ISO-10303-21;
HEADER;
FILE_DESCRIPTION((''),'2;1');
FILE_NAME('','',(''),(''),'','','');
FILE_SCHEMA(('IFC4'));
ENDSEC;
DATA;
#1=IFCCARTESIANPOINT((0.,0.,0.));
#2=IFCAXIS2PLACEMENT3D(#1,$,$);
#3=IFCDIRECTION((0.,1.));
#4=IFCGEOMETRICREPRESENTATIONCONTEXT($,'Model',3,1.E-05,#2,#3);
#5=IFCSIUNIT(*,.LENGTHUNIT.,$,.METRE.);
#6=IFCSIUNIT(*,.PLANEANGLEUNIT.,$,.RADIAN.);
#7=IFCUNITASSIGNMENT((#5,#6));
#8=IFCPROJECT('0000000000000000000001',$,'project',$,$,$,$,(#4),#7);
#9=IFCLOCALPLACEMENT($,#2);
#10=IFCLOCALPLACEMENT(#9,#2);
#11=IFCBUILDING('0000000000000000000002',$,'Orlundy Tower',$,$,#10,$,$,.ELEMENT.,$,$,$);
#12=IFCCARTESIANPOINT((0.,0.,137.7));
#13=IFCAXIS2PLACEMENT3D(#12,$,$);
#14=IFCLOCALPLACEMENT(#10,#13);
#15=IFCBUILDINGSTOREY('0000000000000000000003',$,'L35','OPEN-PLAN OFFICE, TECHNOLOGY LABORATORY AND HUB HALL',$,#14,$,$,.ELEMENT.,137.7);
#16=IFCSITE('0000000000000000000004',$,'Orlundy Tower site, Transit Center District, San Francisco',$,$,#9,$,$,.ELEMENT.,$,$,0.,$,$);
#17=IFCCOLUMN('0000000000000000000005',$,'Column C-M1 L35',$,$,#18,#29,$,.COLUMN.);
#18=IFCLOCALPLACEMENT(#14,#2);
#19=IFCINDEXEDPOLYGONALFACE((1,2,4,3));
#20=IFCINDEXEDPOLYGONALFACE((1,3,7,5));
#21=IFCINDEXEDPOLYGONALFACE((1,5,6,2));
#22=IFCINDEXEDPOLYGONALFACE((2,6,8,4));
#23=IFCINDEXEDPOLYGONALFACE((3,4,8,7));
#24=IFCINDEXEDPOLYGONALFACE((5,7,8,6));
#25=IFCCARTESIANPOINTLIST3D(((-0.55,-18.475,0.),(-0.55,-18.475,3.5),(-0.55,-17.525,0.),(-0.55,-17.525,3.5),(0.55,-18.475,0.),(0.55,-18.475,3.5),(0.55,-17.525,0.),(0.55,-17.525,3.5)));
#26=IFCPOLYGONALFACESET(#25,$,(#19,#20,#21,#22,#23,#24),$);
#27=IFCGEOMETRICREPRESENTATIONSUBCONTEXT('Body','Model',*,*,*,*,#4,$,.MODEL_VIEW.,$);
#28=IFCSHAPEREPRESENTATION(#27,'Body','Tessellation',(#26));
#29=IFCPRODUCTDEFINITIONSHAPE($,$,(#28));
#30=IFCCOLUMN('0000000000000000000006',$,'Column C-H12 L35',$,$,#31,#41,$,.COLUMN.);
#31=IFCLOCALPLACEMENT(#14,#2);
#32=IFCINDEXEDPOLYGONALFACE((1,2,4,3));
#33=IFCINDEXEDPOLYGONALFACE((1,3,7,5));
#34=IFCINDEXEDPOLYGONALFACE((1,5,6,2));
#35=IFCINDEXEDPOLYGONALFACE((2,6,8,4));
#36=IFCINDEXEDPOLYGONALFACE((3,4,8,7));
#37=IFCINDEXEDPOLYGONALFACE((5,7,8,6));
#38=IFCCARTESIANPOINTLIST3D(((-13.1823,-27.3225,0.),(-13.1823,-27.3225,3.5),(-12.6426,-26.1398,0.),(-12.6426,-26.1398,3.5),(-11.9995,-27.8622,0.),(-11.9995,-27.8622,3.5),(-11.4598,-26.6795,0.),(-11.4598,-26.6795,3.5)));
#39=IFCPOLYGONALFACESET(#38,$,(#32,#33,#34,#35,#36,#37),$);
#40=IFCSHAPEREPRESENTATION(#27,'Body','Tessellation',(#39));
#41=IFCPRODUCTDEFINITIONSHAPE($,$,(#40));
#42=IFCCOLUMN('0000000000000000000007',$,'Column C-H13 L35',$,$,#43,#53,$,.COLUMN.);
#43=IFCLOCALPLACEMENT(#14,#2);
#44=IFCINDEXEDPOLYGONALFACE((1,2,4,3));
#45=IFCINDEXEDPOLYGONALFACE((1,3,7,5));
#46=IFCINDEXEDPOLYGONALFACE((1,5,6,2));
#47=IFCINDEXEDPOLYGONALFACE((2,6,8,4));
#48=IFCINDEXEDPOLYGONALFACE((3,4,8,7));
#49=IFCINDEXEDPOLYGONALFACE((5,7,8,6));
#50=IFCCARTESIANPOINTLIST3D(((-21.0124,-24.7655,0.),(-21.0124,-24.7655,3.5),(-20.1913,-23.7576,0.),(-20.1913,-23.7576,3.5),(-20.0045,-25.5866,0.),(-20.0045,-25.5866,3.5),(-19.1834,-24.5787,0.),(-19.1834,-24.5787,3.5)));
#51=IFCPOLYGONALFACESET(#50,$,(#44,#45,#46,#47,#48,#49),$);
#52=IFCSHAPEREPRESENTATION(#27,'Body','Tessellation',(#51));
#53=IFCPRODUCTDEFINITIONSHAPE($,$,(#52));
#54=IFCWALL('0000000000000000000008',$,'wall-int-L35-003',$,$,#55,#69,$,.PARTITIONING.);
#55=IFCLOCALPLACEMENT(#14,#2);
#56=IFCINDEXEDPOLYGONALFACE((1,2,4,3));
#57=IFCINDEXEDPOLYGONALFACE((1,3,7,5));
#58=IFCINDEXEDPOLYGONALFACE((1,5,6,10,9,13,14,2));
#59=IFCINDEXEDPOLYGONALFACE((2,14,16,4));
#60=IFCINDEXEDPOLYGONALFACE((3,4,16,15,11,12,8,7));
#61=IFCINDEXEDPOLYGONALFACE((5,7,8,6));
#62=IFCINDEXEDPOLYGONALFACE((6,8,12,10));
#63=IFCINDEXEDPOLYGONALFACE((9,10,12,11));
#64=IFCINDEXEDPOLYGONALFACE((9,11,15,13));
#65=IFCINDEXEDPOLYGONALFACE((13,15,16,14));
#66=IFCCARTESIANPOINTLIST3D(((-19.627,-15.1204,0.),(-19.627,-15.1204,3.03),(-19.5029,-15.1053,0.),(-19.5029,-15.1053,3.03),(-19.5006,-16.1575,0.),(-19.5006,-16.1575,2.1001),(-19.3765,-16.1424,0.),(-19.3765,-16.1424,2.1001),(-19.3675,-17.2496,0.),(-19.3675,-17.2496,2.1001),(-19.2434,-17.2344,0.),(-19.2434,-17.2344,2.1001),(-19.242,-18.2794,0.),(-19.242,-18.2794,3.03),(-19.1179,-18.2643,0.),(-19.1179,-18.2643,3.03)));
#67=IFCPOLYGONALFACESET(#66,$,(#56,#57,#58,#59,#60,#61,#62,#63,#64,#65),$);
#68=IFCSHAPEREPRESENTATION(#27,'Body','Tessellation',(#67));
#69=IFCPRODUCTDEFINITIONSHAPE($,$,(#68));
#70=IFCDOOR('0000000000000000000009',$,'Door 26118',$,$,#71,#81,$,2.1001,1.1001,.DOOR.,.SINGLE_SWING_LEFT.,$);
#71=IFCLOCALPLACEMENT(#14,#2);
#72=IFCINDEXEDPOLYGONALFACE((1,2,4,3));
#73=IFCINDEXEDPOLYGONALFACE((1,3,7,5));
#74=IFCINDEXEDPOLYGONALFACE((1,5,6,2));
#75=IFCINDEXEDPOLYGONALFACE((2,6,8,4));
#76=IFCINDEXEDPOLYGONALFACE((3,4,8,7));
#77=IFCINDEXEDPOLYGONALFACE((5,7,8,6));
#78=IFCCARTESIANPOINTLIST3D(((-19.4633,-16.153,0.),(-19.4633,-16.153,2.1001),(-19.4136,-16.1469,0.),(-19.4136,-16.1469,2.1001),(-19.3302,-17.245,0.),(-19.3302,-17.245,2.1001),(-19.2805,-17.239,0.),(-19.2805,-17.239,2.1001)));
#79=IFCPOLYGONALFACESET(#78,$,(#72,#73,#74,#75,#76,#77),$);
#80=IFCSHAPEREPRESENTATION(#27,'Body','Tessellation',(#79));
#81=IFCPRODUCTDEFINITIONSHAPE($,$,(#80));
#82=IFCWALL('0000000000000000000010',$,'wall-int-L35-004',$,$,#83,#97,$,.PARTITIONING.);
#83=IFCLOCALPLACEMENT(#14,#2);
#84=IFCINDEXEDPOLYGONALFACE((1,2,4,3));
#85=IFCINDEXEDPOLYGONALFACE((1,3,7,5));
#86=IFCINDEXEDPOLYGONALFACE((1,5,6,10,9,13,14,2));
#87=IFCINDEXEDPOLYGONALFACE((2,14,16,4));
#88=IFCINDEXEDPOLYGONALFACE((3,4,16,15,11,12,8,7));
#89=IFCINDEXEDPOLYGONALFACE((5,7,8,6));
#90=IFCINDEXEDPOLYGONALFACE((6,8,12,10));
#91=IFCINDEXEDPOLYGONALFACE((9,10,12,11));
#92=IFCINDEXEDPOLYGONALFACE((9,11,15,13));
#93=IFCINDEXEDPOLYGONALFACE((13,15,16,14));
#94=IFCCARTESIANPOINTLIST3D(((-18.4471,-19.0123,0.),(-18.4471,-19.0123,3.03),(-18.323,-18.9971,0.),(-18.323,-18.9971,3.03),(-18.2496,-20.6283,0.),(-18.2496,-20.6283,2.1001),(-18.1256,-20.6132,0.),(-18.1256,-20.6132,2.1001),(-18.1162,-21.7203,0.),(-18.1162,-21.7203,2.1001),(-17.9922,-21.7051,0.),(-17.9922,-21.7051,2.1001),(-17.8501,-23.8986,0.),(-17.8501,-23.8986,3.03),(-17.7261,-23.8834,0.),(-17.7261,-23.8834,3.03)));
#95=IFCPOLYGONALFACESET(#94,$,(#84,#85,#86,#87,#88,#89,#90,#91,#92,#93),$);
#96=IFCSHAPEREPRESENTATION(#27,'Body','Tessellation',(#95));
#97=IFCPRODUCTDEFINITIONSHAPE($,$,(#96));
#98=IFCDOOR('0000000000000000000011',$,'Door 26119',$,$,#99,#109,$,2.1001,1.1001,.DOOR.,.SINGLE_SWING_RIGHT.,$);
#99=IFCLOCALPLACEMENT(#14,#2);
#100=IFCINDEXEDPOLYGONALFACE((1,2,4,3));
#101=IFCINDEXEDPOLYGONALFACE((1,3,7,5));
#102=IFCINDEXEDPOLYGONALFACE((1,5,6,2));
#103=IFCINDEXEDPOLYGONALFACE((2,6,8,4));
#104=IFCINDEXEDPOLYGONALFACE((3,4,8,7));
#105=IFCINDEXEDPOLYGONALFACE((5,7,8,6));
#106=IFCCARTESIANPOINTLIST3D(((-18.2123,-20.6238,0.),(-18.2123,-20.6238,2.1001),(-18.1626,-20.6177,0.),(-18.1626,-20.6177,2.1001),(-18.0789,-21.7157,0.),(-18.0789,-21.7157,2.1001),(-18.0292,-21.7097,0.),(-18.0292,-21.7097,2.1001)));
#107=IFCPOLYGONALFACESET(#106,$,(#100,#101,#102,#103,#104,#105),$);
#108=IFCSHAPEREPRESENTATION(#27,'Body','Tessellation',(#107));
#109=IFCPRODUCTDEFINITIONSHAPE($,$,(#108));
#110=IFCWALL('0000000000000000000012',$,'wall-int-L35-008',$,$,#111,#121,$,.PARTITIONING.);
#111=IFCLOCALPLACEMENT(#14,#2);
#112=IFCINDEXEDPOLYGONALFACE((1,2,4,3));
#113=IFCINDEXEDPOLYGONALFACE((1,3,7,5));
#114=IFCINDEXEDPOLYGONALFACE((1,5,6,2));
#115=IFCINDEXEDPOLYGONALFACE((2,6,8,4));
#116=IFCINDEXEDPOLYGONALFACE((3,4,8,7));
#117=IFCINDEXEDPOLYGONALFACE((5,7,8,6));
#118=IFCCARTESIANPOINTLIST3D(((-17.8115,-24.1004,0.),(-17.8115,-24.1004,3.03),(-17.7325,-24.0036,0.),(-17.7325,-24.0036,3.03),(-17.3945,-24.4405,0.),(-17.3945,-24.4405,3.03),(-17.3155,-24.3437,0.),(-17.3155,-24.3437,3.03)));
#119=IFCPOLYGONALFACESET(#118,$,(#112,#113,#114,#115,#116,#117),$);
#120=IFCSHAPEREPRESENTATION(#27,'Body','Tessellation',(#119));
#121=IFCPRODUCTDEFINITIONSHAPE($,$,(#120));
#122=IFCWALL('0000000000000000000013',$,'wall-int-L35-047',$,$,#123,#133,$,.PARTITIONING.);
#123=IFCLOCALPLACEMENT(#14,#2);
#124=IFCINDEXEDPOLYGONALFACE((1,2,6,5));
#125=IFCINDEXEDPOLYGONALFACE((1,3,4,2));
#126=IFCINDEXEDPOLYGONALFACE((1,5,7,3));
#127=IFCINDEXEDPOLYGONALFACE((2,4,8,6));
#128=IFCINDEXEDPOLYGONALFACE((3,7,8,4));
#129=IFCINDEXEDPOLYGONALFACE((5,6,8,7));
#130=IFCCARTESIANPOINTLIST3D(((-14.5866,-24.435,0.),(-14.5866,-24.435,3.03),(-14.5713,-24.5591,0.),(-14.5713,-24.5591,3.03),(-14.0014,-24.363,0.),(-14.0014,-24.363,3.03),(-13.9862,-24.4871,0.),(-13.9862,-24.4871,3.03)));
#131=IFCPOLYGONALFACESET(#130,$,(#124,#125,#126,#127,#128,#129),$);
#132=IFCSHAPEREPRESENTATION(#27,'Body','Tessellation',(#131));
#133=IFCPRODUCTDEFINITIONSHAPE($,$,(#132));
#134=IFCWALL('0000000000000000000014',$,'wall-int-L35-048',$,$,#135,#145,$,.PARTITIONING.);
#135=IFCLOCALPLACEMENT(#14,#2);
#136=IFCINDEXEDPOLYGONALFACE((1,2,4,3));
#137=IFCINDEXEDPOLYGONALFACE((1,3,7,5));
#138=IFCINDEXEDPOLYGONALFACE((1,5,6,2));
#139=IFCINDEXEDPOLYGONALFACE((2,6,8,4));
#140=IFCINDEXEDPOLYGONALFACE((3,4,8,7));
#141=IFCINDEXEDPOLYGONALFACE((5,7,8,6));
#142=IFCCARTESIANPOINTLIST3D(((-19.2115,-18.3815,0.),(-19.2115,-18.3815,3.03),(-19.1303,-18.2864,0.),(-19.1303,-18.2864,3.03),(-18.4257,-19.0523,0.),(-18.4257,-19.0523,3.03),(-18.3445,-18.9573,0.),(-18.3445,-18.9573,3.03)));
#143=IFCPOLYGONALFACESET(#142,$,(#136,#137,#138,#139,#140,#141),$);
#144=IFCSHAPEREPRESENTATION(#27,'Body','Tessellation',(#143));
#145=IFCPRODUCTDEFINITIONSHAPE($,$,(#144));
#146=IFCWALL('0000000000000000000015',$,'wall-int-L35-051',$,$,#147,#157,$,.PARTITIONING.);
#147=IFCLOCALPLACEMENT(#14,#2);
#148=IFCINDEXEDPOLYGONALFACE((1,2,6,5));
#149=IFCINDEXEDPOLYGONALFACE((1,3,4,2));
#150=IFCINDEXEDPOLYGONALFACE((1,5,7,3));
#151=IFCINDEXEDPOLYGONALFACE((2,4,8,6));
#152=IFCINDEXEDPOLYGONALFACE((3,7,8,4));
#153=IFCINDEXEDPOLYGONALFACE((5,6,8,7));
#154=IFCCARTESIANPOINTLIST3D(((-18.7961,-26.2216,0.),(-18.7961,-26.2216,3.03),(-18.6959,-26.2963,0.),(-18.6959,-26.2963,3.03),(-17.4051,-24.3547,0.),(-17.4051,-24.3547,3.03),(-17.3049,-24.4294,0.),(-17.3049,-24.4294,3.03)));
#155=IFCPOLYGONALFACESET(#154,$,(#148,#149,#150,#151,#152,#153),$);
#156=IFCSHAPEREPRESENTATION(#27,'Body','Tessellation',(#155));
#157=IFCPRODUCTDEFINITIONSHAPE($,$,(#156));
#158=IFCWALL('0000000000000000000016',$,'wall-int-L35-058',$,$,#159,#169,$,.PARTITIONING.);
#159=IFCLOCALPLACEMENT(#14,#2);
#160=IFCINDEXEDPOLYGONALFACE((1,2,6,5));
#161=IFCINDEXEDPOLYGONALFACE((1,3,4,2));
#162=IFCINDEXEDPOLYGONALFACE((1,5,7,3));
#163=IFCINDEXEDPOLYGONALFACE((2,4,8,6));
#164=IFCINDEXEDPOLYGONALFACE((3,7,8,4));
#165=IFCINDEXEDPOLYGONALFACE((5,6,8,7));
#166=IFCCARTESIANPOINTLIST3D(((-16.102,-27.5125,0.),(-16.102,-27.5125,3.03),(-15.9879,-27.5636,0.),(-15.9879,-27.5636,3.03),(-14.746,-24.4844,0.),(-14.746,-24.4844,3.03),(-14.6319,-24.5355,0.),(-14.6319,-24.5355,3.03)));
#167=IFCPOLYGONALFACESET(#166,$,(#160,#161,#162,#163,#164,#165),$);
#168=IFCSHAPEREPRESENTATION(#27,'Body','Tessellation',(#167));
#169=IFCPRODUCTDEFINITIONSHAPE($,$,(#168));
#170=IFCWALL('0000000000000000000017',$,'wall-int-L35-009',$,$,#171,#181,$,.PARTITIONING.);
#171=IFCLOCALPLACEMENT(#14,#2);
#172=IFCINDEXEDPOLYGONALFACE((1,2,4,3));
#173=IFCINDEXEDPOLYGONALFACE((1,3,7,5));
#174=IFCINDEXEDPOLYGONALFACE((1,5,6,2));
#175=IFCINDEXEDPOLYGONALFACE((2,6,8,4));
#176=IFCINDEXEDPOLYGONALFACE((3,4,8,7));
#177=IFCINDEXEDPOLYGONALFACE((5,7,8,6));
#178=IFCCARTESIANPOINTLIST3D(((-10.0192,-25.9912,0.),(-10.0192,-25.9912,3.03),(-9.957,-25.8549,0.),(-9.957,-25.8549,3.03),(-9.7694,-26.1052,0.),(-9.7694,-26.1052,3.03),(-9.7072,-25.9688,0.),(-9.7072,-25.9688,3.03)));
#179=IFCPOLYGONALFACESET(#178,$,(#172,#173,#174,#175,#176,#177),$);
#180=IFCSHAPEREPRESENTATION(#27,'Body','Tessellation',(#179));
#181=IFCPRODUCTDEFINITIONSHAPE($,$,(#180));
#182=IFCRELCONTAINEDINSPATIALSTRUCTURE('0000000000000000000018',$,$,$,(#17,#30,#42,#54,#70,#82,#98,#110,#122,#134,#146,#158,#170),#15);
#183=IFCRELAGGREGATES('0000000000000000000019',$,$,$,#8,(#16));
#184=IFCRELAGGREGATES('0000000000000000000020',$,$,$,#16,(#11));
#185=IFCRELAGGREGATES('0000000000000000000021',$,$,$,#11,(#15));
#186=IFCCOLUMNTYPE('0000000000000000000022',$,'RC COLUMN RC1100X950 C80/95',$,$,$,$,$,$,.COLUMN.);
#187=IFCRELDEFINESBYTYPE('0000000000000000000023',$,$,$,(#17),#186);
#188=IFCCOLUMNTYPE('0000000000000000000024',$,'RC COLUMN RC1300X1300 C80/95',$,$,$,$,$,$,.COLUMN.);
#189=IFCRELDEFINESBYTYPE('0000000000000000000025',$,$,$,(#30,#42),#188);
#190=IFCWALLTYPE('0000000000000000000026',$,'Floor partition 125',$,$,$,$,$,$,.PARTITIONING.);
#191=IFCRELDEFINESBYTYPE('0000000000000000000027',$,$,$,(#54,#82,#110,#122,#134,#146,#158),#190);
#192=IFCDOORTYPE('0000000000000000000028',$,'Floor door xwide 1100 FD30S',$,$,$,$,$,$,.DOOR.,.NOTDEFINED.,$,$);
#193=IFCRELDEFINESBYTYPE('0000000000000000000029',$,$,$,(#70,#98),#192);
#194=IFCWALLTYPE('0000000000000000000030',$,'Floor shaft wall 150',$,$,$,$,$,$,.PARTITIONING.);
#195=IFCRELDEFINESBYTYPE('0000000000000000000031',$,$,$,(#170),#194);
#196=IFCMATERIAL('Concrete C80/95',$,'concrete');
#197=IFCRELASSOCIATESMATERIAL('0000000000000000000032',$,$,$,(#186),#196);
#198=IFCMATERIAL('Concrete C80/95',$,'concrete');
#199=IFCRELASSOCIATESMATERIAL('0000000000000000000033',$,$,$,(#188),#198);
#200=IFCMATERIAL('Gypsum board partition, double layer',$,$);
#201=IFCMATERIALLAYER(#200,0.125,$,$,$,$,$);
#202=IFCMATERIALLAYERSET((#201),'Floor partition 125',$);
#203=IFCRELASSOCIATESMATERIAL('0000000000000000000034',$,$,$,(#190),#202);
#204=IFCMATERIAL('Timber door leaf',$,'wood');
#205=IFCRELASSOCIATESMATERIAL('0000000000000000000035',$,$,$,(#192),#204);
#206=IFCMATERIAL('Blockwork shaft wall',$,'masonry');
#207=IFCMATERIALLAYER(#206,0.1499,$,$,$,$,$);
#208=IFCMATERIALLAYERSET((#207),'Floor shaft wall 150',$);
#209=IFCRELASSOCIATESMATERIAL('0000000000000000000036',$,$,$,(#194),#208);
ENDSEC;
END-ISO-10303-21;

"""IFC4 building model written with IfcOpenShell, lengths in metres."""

from ifc_helpers import new_model, si_unit, direction, frame, frame_2d, origin, origin_2d, place, context, subcontext, project, spatial, rectangle, extrude, material, layer, layer_set, material_profile, profile_set, type_object, element, fill, save


model = new_model("IFC4")

# Units and contexts
model_context = context("Model", 3, precision=1e-05, world=origin(), true_north=direction((0.0, 1.0)))
body_context = subcontext(model_context, "Body", "Model", "MODEL_VIEW")
ifc_project = project(units=[si_unit("LENGTHUNIT", "METRE"), si_unit("PLANEANGLEUNIT", "RADIAN")], contexts=[model_context])

# Site, building, storey
site_placement = place(None, origin())
site = spatial("IfcSite", under=ifc_project, at=site_placement, Name="Orlundy Tower site, Transit Center District, San Francisco", CompositionType="ELEMENT", RefElevation=0.0)
building_placement = place(site_placement, origin())
building = spatial("IfcBuilding", under=site, at=building_placement, Name="Orlundy Tower", CompositionType="ELEMENT")
storey_placement = place(building_placement, frame((0.0, 0.0, 137.7)))
storey = spatial("IfcBuildingStorey", under=building, at=storey_placement, Name="L35", Description="OPEN-PLAN OFFICE, TECHNOLOGY LABORATORY AND HUB HALL", CompositionType="ELEMENT", Elevation=137.7)

# Columns
ifc_material_1 = material(Name="Concrete C80/95", Category="concrete")
ifc_material_profile_1 = material_profile(ifc_material_1, rectangle(XDim=1.1001, YDim=0.95, at=origin_2d()), Name="RC1100X950")
ifc_profile_set_1 = profile_set([ifc_material_profile_1], Name="Concrete C80/95")
column_type_1 = type_object("IfcColumnType", Name="RC COLUMN RC1100X950 C80/95", PredefinedType="COLUMN", material=ifc_profile_set_1)
column_placement = place(storey_placement, frame((0.0, -18.0, 0.0), z_axis=(0.0, 0.0, 1.0), x_axis=(1.0, 0.0, 0.0)))
element("IfcColumn", 1, at=column_placement, inside=storey, type_object=column_type_1, Name="Column C-M1 L35", PredefinedType="COLUMN", context=body_context, shape_type="SweptSolid", body=[
    extrude(rectangle(XDim=1.1001, YDim=0.95, at=origin_2d()), origin(), (0.0, 0.0, 1.0), 3.5),
])
ifc_material_2 = material(Name="Concrete C80/95", Category="concrete")
ifc_material_profile_2 = material_profile(ifc_material_2, rectangle(XDim=1.3, YDim=1.3, at=origin_2d()), Name="RC1300X1300")
ifc_profile_set_2 = profile_set([ifc_material_profile_2], Name="Concrete C80/95")
column_type_2 = type_object("IfcColumnType", Name="RC COLUMN RC1300X1300 C80/95", PredefinedType="COLUMN", material=ifc_profile_set_2)
for number, where, z_axis, x_axis, name in (
    (2, (-12.321, -27.001, 0.0), (0.0, 0.0, 1.0), (-0.415138, -0.909759, 0.0), "Column C-H12 L35"),
    (3, (-20.0979, -24.6721, 0.0), (0.0, 0.0, 1.0), (-0.631583, -0.775308, 0.0), "Column C-H13 L35"),
):
    element("IfcColumn", number, at=place(storey_placement, frame(where, z_axis=z_axis, x_axis=x_axis)), inside=storey, type_object=column_type_2, Name=name, PredefinedType="COLUMN", context=body_context, shape_type="SweptSolid", body=[
        extrude(rectangle(XDim=1.3, YDim=1.3, at=origin_2d()), origin(), (0.0, 0.0, 1.0), 3.5),
    ])

# Walls, openings, doors
ifc_material_3 = material(Name="Gypsum board partition, double layer")
ifc_layer_1 = layer(ifc_material_3, 0.125)
ifc_layer_set_1 = layer_set([ifc_layer_1], Name="Floor partition 125")
wall_type_1 = type_object("IfcWallType", Name="Floor partition 125", PredefinedType="PARTITIONING", material=ifc_layer_set_1)
wall_1_placement = place(storey_placement, frame((-19.1799, -18.272, 0.0), z_axis=(0.0, 0.0, 1.0), x_axis=(-0.120984, 0.992654, 0.0)))
wall_1 = element("IfcWall", 4, at=wall_1_placement, inside=storey, type_object=wall_type_1, Name="wall-int-L35-003", PredefinedType="PARTITIONING", context=body_context, shape_type="SweptSolid", body=[
    extrude(rectangle(XDim=3.1824, YDim=0.125, at=frame_2d((1.5913, 0.0))), origin(), (0.0, 0.0, 1.0), 3.03),
])
opening_1_placement = place(wall_1_placement, frame((1.0376, 0.0, 0.0)))
opening_1 = element("IfcOpeningElement", 5, at=opening_1_placement, cuts=wall_1, PredefinedType="OPENING", context=body_context, shape_type="SweptSolid", body=[
    extrude(rectangle(XDim=1.1001, YDim=2.1001, at=frame_2d((0.55, 1.05))), frame((0.0, 0.0725, 0.0), z_axis=(0.0, -1.0, 0.0), x_axis=(1.0, 0.0, 0.0)), (0.0, 0.0, 1.0), 0.145),
])
ifc_material_4 = material(Name="Timber door leaf", Category="wood")
door_type = type_object("IfcDoorType", Name="Floor door xwide 1100 FD30S", OperationType="NOTDEFINED", PredefinedType="DOOR", material=ifc_material_4)
door_1_placement = place(opening_1_placement, origin())
door_1 = element("IfcDoor", 6, at=door_1_placement, inside=storey, type_object=door_type, Name="Door 26118", OperationType="SINGLE_SWING_LEFT", OverallHeight=2.1001, OverallWidth=1.1001, PredefinedType="DOOR", context=body_context, shape_type="SweptSolid", body=[
    extrude(rectangle(XDim=1.1001, YDim=2.1001, at=frame_2d((0.55, 1.05))), frame((0.0, 0.0249, 0.0), z_axis=(0.0, -1.0, 0.0), x_axis=(1.0, 0.0, 0.0)), (0.0, 0.0, 1.0), 0.05),
])
fill(opening_1, door_1)
wall_2_placement = place(storey_placement, frame((-17.7881, -23.8911, 0.0), z_axis=(0.0, 0.0, 1.0), x_axis=(-0.121263, 0.99262, 0.0)))
wall_2 = element("IfcWall", 7, at=wall_2_placement, inside=storey, type_object=wall_type_1, Name="wall-int-L35-004", PredefinedType="PARTITIONING", context=body_context, shape_type="SweptSolid", body=[
    extrude(rectangle(XDim=4.9226, YDim=0.125, at=frame_2d((2.4614, 0.0))), origin(), (0.0, 0.0, 1.0), 3.03),
])
opening_2_placement = place(wall_2_placement, frame((2.1946, 0.0, 0.0)))
opening_2 = element("IfcOpeningElement", 8, at=opening_2_placement, cuts=wall_2, PredefinedType="OPENING", context=body_context, shape_type="SweptSolid", body=[
    extrude(rectangle(XDim=1.1001, YDim=2.1001, at=frame_2d((0.55, 1.05))), frame((0.0, 0.0725, 0.0), z_axis=(0.0, -1.0, 0.0), x_axis=(1.0, 0.0, 0.0)), (0.0, 0.0, 1.0), 0.145),
])
door_2_placement = place(opening_2_placement, origin())
door_2 = element("IfcDoor", 9, at=door_2_placement, inside=storey, type_object=door_type, Name="Door 26119", OperationType="SINGLE_SWING_RIGHT", OverallHeight=2.1001, OverallWidth=1.1001, PredefinedType="DOOR", context=body_context, shape_type="SweptSolid", body=[
    extrude(rectangle(XDim=1.1001, YDim=2.1001, at=frame_2d((0.55, 1.05))), frame((0.0, 0.0249, 0.0), z_axis=(0.0, -1.0, 0.0), x_axis=(1.0, 0.0, 0.0)), (0.0, 0.0, 1.0), 0.05),
])
fill(opening_2, door_2)

# Walls
wall_3_placement = place(storey_placement, frame((-17.772, -24.052, 0.0), z_axis=(0.0, 0.0, 1.0), x_axis=(0.774947, -0.632026, 0.0)))
element("IfcWall", 10, at=wall_3_placement, inside=storey, type_object=wall_type_1, Name="wall-int-L35-008", PredefinedType="PARTITIONING", context=body_context, shape_type="SweptSolid", body=[
    extrude(rectangle(XDim=0.5381, YDim=0.125, at=frame_2d((0.269, 0.0))), origin(), (0.0, 0.0, 1.0), 3.03),
])
wall_4_placement = place(storey_placement, frame((-14.5791, -24.4971, 0.0), z_axis=(0.0, 0.0, 1.0), x_axis=(0.992512, 0.122149, 0.0)))
element("IfcWall", 11, at=wall_4_placement, inside=storey, type_object=wall_type_1, Name="wall-int-L35-047", PredefinedType="PARTITIONING", context=body_context, shape_type="SweptSolid", body=[
    extrude(rectangle(XDim=0.5896, YDim=0.125, at=frame_2d((0.2949, 0.0))), origin(), (0.0, 0.0, 1.0), 3.03),
])
wall_5_placement = place(storey_placement, frame((-19.1709, -18.334, 0.0), z_axis=(0.0, 0.0, 1.0), x_axis=(0.760556, -0.649272, 0.0)))
element("IfcWall", 12, at=wall_5_placement, inside=storey, type_object=wall_type_1, Name="wall-int-L35-048", PredefinedType="PARTITIONING", context=body_context, shape_type="SweptSolid", body=[
    extrude(rectangle(XDim=1.0332, YDim=0.125, at=frame_2d((0.5166, 0.0))), origin(), (0.0, 0.0, 1.0), 3.03),
])
wall_6_placement = place(storey_placement, frame((-17.355, -24.3921, 0.0), z_axis=(0.0, 0.0, 1.0), x_axis=(-0.597497, -0.801871, 0.0)))
element("IfcWall", 13, at=wall_6_placement, inside=storey, type_object=wall_type_1, Name="wall-int-L35-051", PredefinedType="PARTITIONING", context=body_context, shape_type="SweptSolid", body=[
    extrude(rectangle(XDim=2.3281, YDim=0.125, at=frame_2d((1.1641, 0.0))), origin(), (0.0, 0.0, 1.0), 3.03),
])
wall_7_placement = place(storey_placement, frame((-16.0449, -27.5381, 0.0), z_axis=(0.0, 0.0, 1.0), x_axis=(0.40869, 0.912673, 0.0)))
element("IfcWall", 14, at=wall_7_placement, inside=storey, type_object=wall_type_1, Name="wall-int-L35-058", PredefinedType="PARTITIONING", context=body_context, shape_type="SweptSolid", body=[
    extrude(rectangle(XDim=3.3179, YDim=0.125, at=frame_2d((1.6589, 0.0))), origin(), (0.0, 0.0, 1.0), 3.03),
])
ifc_material_5 = material(Name="Blockwork shaft wall", Category="masonry")
ifc_layer_2 = layer(ifc_material_5, 0.1499)
ifc_layer_set_2 = layer_set([ifc_layer_2], Name="Floor shaft wall 150")
wall_type_2 = type_object("IfcWallType", Name="Floor shaft wall 150", PredefinedType="PARTITIONING", material=ifc_layer_set_2)
wall_8_placement = place(storey_placement, frame((-9.988, -25.9231, 0.0), z_axis=(0.0, 0.0, 1.0), x_axis=(0.909848, -0.414941, 0.0)))
element("IfcWall", 15, at=wall_8_placement, inside=storey, type_object=wall_type_2, Name="wall-int-L35-009", PredefinedType="PARTITIONING", context=body_context, shape_type="SweptSolid", body=[
    extrude(rectangle(XDim=0.2747, YDim=0.1499, at=frame_2d((0.1372, 0.0))), origin(), (0.0, 0.0, 1.0), 3.03),
])

save(model, "model.ifc")
